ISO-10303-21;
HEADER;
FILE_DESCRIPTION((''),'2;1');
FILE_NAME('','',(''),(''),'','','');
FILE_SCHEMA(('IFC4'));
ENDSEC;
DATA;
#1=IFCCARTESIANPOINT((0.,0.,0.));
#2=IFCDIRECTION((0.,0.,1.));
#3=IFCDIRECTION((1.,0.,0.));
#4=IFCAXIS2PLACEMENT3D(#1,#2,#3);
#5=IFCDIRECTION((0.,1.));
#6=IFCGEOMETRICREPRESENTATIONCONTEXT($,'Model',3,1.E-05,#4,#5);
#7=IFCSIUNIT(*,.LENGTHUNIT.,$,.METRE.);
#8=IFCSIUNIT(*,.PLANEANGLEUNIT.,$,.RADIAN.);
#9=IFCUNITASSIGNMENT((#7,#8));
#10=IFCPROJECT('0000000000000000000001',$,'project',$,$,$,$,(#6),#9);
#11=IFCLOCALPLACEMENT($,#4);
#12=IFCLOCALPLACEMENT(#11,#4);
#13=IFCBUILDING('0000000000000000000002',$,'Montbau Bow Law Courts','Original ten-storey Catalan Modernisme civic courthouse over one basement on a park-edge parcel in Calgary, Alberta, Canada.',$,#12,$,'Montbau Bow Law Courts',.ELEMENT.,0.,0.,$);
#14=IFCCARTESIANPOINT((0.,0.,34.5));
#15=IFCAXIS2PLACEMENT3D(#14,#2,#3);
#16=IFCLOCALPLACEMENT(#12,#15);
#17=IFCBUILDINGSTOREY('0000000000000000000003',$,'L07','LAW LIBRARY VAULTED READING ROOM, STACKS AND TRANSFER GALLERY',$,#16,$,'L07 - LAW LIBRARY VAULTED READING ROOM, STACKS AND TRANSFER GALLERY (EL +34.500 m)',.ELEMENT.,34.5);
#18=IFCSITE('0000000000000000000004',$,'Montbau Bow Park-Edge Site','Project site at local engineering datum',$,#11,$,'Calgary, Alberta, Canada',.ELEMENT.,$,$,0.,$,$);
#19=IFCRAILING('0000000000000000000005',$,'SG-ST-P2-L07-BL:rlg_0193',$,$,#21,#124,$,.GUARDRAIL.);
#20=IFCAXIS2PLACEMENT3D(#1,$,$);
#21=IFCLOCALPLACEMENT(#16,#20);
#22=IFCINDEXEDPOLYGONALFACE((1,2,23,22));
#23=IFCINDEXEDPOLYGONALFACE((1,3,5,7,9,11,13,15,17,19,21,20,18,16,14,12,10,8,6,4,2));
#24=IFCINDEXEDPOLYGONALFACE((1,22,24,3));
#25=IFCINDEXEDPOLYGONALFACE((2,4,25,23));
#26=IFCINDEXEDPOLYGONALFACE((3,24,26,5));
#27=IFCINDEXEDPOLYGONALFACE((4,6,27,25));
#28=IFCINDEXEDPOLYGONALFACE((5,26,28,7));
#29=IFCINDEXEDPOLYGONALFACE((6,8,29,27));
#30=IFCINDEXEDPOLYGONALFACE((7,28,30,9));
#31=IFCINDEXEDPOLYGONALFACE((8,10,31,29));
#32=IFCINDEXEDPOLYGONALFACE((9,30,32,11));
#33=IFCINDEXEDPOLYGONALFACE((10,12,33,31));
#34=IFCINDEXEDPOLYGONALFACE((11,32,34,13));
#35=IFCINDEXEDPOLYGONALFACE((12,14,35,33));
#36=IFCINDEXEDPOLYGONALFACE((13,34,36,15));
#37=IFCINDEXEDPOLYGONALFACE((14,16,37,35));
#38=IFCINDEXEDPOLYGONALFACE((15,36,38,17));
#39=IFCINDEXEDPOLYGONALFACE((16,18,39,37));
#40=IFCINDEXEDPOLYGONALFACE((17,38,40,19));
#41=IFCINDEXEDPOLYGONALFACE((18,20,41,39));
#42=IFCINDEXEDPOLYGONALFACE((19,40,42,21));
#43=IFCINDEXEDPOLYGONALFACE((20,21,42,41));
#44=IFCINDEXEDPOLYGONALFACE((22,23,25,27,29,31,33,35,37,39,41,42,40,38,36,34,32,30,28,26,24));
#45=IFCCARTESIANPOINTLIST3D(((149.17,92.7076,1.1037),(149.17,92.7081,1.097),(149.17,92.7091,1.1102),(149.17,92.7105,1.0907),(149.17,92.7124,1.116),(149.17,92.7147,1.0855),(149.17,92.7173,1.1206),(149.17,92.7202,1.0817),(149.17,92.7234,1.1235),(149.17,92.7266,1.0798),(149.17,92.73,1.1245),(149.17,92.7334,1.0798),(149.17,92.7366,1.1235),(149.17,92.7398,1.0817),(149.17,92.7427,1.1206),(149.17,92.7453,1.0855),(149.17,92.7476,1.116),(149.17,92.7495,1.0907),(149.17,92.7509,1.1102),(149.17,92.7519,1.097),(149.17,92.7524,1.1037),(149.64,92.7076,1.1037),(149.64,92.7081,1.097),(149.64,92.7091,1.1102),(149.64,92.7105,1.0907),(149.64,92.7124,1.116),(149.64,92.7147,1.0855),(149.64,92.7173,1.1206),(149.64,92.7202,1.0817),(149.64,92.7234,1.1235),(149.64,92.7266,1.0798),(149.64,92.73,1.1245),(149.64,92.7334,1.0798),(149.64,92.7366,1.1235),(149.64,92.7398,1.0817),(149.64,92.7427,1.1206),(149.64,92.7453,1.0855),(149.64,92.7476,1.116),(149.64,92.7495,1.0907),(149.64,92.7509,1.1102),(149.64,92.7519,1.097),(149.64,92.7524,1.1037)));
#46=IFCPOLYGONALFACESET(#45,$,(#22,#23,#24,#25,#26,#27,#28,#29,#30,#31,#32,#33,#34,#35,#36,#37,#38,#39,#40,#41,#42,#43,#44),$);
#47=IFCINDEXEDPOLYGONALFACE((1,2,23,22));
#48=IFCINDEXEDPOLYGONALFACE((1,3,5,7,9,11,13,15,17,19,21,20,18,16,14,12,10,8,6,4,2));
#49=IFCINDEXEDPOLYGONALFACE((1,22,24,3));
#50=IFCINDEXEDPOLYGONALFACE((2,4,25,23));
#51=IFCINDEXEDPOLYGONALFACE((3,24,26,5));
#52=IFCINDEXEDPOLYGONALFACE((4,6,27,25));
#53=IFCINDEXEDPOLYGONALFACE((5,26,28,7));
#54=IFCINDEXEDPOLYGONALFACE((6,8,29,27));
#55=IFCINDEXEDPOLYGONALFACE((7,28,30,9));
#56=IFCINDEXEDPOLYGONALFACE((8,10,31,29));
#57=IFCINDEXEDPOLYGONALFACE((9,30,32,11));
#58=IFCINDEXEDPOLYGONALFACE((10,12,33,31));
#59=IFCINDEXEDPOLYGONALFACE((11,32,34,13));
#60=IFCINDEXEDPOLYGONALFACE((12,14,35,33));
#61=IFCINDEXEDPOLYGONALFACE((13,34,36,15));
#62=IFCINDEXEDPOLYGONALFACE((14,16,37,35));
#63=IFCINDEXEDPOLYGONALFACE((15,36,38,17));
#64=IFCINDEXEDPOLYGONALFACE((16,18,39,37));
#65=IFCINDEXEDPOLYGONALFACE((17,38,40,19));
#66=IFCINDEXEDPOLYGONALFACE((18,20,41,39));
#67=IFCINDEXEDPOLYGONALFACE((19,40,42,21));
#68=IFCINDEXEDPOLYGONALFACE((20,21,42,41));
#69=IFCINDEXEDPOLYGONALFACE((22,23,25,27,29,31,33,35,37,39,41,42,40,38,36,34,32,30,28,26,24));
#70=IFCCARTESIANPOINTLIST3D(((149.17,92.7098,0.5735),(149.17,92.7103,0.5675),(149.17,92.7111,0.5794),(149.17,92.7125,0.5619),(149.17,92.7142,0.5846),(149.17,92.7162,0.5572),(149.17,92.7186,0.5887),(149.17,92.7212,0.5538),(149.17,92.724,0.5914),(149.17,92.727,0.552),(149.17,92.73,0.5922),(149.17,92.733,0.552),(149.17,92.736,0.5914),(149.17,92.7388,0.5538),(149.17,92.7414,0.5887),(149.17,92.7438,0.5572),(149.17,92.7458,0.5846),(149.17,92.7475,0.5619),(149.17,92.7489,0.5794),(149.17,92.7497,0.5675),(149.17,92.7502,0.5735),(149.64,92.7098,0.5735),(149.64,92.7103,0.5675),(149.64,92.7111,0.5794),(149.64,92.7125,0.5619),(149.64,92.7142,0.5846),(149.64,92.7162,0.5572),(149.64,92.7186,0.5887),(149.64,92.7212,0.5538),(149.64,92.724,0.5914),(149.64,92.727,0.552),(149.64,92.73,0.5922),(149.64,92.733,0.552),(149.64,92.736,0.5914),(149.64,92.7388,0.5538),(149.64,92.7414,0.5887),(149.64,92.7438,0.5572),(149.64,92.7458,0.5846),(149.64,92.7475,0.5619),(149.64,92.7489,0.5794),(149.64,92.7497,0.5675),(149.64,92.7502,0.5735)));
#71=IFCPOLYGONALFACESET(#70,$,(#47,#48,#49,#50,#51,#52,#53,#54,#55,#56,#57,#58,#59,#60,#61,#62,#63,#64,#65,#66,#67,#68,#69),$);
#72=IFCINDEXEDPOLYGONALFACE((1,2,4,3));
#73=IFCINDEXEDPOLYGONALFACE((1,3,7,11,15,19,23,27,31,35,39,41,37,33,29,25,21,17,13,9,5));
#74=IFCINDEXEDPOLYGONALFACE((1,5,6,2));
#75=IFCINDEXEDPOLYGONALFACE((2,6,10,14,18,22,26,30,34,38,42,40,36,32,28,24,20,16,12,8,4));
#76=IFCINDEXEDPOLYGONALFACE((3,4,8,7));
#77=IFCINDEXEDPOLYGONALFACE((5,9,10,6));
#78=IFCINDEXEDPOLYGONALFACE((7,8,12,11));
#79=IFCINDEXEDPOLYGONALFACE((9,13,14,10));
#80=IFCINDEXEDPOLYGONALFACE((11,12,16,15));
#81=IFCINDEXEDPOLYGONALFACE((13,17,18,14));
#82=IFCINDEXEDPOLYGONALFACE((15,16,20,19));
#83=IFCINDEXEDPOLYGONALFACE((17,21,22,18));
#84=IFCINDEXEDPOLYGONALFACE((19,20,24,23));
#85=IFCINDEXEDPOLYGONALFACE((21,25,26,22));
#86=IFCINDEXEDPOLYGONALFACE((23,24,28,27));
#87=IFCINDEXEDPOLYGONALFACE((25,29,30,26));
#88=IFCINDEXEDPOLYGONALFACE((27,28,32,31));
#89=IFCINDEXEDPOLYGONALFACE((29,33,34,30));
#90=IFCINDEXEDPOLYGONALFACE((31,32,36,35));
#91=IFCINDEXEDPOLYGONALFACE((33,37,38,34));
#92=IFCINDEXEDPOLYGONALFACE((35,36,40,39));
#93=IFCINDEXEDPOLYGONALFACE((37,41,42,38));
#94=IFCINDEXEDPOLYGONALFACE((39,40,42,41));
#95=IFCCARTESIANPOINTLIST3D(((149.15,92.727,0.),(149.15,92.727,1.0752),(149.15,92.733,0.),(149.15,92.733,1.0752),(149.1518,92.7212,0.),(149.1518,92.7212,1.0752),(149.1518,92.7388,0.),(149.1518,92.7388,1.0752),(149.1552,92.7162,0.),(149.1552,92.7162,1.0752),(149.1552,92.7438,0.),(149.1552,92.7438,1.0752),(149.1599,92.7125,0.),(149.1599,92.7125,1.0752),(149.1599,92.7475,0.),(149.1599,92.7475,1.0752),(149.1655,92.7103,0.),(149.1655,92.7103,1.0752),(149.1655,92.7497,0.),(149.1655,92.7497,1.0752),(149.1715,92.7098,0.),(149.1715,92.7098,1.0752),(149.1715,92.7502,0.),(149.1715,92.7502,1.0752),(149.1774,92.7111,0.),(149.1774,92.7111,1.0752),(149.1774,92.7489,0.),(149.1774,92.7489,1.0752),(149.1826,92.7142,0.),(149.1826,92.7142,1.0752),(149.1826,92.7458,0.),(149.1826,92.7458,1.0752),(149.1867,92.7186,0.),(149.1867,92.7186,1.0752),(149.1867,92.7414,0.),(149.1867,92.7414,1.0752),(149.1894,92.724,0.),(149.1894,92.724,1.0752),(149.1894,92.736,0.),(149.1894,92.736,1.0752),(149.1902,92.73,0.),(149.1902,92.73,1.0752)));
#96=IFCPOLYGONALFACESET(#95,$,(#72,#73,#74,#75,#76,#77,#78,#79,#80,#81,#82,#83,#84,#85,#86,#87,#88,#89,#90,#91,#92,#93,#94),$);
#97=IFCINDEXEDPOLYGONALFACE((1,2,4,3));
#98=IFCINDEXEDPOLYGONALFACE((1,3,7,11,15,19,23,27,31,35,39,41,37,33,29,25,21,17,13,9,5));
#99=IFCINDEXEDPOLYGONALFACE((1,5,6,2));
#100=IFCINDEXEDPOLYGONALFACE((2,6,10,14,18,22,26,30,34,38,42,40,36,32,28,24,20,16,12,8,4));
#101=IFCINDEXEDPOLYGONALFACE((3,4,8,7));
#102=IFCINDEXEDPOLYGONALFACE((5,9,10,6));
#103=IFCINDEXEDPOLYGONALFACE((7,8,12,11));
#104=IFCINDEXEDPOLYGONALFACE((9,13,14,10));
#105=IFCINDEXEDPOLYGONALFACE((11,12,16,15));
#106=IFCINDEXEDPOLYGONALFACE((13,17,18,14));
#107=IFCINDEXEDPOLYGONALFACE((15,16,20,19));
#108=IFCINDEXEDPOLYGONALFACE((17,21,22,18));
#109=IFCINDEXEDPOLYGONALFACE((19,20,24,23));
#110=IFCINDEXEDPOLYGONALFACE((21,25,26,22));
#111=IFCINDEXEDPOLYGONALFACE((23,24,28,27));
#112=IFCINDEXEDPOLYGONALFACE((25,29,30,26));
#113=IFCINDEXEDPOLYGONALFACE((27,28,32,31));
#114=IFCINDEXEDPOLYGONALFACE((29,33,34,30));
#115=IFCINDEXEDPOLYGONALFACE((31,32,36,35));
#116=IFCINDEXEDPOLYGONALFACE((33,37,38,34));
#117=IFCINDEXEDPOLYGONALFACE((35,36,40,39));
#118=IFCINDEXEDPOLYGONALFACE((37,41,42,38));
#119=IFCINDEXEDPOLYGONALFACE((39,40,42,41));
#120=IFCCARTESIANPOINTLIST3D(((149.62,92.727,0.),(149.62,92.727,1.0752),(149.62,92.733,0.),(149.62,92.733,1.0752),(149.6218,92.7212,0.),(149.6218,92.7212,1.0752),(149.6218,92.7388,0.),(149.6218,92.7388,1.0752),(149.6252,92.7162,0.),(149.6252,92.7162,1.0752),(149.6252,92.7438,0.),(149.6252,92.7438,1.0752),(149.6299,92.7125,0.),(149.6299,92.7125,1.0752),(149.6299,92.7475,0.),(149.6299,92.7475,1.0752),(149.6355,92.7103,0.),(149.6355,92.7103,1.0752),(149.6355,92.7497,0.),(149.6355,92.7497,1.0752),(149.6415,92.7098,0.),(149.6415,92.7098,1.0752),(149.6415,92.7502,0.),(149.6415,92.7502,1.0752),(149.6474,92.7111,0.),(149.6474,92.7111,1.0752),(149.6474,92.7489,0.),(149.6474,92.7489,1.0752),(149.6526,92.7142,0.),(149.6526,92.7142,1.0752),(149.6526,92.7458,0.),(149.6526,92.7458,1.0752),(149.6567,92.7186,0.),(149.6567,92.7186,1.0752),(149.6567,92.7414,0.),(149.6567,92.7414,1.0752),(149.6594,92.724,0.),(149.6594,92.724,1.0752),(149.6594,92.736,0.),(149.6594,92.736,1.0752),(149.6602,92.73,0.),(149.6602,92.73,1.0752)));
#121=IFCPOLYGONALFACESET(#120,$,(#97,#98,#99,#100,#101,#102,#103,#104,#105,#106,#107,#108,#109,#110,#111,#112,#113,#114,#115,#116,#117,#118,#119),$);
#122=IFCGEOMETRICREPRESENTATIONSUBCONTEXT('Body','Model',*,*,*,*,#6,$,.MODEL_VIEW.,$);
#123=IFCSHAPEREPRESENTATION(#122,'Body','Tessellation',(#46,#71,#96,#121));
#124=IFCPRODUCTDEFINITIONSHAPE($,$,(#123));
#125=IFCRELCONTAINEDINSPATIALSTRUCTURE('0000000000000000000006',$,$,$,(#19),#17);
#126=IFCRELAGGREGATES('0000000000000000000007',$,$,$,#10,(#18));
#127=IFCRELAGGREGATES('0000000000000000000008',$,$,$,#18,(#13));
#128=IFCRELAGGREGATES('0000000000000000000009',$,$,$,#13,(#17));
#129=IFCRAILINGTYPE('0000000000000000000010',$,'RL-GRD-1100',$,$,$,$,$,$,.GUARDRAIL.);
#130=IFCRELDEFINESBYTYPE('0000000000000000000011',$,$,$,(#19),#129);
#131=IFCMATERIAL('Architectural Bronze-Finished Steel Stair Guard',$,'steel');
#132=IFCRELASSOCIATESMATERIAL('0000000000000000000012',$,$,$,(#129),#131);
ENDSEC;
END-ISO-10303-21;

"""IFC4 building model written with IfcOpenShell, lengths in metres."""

from ifc_helpers import new_model, si_unit, direction, frame, origin_with_axes, origin_2d_with_axis, place, context, subcontext, project, spatial, circle, extrude, material, type_object, element, save


model = new_model("IFC4")

# Units and contexts
model_context = context("Model", 3, precision=1e-05, world=origin_with_axes(), true_north=direction((0.0, 1.0)))
body_context = subcontext(model_context, "Body", "Model", "MODEL_VIEW")
ifc_project = project(units=[si_unit("LENGTHUNIT", "METRE"), si_unit("PLANEANGLEUNIT", "RADIAN")], contexts=[model_context])

# Site, building, storey
site_placement = place(None, origin_with_axes())
site = spatial("IfcSite", under=ifc_project, at=site_placement, Name="Montbau Bow Park-Edge Site", Description="Project site at local engineering datum", LongName="Calgary, Alberta, Canada", CompositionType="ELEMENT", RefElevation=0.0)
building_placement = place(site_placement, origin_with_axes())
building = spatial("IfcBuilding", under=site, at=building_placement, Name="Montbau Bow Law Courts", Description="Original ten-storey Catalan Modernisme civic courthouse over one basement on a park-edge parcel in Calgary, Alberta, Canada.", LongName="Montbau Bow Law Courts", CompositionType="ELEMENT", ElevationOfRefHeight=0.0, ElevationOfTerrain=0.0)
storey_placement = place(building_placement, frame((0.0, 0.0, 34.5), z_axis=(0.0, 0.0, 1.0), x_axis=(1.0, 0.0, 0.0)))
storey = spatial("IfcBuildingStorey", under=building, at=storey_placement, Name="L07", Description="LAW LIBRARY VAULTED READING ROOM, STACKS AND TRANSFER GALLERY", LongName="L07 - LAW LIBRARY VAULTED READING ROOM, STACKS AND TRANSFER GALLERY (EL +34.500 m)", CompositionType="ELEMENT", Elevation=34.5)

# Railing
ifc_material_1 = material(Name="Architectural Bronze-Finished Steel Stair Guard", Category="steel")
railing_type_1 = type_object("IfcRailingType", Name="RL-GRD-1100", PredefinedType="GUARDRAIL", material=ifc_material_1)
railing_1_placement = place(None, origin_with_axes())
element("IfcRailing", 1, at=railing_1_placement, inside=storey, type_object=railing_type_1, Name="SG-ST-P2-L07-BL:rlg_0193", PredefinedType="GUARDRAIL", context=body_context, shape_type="SweptSolid", body=[
    extrude(circle(Radius=0.0225, at=origin_2d_with_axis()), frame((149.17, 92.73, 35.602), z_axis=(1.0, 0.0, 0.0), x_axis=(0.0, 0.0, 1.0)), (0.0, 0.0, 1.0), 0.47),
    extrude(circle(Radius=0.0203, at=origin_2d_with_axis()), frame((149.17, 92.73, 35.072), z_axis=(1.0, 0.0, 0.0), x_axis=(0.0, 0.0, 1.0)), (0.0, 0.0, 1.0), 0.47),
    extrude(circle(Radius=0.0203, at=origin_2d_with_axis()), frame((149.17, 92.73, 34.5), z_axis=(0.0, 0.0, 1.0), x_axis=(1.0, 0.0, 0.0)), (0.0, 0.0, 1.0), 1.0753),
    extrude(circle(Radius=0.0203, at=origin_2d_with_axis()), frame((149.64, 92.73, 34.5), z_axis=(0.0, 0.0, 1.0), x_axis=(1.0, 0.0, 0.0)), (0.0, 0.0, 1.0), 1.0753),
])

save(model, "model.ifc")
